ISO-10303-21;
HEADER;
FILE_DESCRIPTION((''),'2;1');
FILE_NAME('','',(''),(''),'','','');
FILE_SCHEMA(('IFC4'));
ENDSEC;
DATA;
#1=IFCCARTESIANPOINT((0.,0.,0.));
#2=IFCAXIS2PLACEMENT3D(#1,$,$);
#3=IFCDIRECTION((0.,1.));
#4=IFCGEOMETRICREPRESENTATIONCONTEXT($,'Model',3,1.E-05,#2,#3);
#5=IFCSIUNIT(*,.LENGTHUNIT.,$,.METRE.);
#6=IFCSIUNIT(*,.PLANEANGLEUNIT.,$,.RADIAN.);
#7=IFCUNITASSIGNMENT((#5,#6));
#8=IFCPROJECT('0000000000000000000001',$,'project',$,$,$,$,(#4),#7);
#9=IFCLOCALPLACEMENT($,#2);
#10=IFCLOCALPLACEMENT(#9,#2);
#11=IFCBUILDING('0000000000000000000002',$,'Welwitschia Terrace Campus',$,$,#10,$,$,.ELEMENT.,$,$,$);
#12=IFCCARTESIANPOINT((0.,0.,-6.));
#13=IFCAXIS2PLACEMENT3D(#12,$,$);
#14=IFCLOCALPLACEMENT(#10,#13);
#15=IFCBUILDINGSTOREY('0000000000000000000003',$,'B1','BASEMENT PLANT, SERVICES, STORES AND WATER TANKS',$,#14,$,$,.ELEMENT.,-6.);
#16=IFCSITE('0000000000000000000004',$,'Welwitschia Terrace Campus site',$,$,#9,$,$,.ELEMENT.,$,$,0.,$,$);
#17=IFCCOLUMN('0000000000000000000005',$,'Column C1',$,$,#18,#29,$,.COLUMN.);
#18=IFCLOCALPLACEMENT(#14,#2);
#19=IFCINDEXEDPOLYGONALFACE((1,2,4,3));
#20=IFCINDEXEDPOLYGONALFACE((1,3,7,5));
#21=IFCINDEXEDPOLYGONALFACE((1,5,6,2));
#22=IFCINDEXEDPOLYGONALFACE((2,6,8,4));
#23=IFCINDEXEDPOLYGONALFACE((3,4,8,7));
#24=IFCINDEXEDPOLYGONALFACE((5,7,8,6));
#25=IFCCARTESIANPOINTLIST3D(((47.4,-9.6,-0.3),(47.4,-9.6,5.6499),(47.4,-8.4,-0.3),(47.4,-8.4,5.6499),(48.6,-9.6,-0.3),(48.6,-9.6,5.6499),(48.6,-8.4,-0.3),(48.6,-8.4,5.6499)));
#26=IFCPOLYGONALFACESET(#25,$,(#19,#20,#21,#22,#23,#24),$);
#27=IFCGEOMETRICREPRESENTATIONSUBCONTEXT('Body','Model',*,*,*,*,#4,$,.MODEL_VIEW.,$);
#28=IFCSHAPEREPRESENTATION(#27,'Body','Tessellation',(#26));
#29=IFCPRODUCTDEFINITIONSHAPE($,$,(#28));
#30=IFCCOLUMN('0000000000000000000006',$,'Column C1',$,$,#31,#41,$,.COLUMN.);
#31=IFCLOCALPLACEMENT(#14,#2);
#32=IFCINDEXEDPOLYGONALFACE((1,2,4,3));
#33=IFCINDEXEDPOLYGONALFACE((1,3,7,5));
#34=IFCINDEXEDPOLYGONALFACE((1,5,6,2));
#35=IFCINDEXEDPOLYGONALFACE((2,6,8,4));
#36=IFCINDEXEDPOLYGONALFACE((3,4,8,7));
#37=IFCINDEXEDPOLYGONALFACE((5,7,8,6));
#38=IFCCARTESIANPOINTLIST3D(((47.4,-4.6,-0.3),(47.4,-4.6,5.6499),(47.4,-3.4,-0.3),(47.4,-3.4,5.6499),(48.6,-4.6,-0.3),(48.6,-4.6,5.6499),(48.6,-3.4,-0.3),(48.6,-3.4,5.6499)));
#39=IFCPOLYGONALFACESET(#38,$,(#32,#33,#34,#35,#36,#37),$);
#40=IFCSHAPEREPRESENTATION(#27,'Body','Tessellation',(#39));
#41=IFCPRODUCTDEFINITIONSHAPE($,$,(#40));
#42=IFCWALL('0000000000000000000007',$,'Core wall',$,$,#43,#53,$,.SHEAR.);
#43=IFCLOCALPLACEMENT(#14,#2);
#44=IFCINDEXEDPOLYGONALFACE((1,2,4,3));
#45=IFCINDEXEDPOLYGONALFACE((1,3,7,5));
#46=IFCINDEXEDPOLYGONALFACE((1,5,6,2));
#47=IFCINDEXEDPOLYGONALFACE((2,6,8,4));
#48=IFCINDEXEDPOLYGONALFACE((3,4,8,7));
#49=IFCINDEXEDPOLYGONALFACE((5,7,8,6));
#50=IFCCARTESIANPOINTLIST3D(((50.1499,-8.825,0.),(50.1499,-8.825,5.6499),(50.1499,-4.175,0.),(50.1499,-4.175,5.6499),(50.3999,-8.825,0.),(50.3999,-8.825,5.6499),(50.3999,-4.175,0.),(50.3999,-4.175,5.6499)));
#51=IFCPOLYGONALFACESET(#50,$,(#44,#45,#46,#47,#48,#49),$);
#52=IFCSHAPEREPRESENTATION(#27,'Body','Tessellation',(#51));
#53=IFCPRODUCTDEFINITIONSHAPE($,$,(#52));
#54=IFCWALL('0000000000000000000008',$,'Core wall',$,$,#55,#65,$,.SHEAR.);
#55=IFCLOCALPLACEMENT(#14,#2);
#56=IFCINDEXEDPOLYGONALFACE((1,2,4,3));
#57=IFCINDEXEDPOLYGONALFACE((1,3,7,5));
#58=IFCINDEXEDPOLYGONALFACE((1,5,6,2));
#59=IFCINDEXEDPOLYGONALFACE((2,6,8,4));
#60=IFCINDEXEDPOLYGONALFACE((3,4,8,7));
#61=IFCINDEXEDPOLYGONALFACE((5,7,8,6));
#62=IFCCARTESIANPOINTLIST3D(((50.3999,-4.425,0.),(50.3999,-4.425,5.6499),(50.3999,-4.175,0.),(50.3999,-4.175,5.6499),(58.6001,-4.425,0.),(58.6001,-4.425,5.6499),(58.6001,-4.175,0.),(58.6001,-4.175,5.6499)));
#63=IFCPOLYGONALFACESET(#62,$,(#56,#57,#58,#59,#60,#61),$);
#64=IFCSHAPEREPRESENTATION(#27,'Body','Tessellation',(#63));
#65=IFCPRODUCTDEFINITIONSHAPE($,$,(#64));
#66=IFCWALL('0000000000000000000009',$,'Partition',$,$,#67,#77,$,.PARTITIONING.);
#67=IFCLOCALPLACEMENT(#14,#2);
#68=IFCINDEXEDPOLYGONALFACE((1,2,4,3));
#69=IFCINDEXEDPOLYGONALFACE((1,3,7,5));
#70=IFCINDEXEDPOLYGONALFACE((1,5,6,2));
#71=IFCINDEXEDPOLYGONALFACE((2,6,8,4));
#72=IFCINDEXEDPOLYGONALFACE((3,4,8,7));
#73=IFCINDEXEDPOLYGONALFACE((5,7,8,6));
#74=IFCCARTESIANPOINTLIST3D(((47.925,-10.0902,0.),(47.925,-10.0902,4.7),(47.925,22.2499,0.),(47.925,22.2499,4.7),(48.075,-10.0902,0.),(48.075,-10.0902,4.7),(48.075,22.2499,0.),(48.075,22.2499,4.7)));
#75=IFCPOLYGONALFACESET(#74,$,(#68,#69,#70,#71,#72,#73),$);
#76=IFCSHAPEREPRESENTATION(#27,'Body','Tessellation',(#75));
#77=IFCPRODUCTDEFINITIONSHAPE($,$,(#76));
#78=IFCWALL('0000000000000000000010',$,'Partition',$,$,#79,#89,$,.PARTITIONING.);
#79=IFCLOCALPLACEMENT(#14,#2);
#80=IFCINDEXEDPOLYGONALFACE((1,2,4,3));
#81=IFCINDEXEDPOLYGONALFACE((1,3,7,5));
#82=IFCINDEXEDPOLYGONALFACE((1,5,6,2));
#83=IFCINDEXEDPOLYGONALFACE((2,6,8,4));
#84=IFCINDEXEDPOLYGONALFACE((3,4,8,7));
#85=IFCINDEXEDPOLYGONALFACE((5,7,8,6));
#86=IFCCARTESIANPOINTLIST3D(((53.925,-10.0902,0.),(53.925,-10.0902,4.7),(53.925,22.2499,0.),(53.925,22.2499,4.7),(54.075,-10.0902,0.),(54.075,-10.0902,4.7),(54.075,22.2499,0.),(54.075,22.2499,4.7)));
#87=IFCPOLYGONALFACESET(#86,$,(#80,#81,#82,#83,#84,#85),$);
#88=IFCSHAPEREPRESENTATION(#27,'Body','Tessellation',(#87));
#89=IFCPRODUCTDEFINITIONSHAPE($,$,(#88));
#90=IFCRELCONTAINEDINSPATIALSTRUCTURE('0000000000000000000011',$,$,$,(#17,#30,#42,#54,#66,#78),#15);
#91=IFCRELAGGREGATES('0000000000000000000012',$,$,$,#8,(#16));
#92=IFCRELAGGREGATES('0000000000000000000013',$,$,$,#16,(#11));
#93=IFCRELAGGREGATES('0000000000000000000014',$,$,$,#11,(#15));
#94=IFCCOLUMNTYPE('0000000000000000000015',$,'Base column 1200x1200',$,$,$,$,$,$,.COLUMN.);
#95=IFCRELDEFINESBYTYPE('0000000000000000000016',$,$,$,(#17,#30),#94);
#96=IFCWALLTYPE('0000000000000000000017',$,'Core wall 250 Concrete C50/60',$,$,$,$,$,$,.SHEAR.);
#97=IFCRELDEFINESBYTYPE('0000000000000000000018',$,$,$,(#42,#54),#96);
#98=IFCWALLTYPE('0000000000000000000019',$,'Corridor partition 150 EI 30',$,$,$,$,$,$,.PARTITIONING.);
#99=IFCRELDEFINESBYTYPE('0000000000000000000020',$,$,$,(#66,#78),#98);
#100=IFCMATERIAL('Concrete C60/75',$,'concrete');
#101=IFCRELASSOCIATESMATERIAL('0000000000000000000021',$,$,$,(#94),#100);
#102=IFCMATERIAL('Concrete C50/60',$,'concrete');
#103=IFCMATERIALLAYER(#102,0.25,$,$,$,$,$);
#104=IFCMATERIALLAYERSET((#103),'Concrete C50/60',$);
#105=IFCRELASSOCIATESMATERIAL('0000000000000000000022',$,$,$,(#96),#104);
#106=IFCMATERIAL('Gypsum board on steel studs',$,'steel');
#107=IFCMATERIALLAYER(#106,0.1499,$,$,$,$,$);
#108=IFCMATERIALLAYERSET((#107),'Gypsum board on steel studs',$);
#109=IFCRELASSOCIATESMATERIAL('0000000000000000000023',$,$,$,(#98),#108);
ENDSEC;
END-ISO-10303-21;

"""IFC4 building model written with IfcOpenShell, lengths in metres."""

from ifc_helpers import new_model, si_unit, direction, frame, frame_2d, origin, origin_2d, place, context, subcontext, project, spatial, rectangle, extrude, material, layer, layer_set, material_profile, profile_set, type_object, element, save


model = new_model("IFC4")

# Units and contexts
model_context = context("Model", 3, precision=1e-05, world=origin(), true_north=direction((0.0, 1.0)))
body_context = subcontext(model_context, "Body", "Model", "MODEL_VIEW")
ifc_project = project(units=[si_unit("LENGTHUNIT", "METRE"), si_unit("PLANEANGLEUNIT", "RADIAN")], contexts=[model_context])

# Site, building, storey
site_placement = place(None, origin())
site = spatial("IfcSite", under=ifc_project, at=site_placement, Name="Welwitschia Terrace Campus site", CompositionType="ELEMENT", RefElevation=0.0)
building_placement = place(site_placement, origin())
building = spatial("IfcBuilding", under=site, at=building_placement, Name="Welwitschia Terrace Campus", CompositionType="ELEMENT")
storey_placement = place(building_placement, frame((0.0, 0.0, -6.0)))
storey = spatial("IfcBuildingStorey", under=building, at=storey_placement, Name="B1", Description="BASEMENT PLANT, SERVICES, STORES AND WATER TANKS", CompositionType="ELEMENT", Elevation=-6.0)

# Columns
ifc_material_1 = material(Name="Concrete C60/75", Category="concrete")
ifc_material_profile = material_profile(ifc_material_1, rectangle(XDim=1.2, YDim=1.2, at=origin_2d()))
ifc_profile_set = profile_set([ifc_material_profile], Name="Concrete C60/75")
column_type = type_object("IfcColumnType", Name="Base column 1200x1200", PredefinedType="COLUMN", material=ifc_profile_set)
for number, where, z_axis, x_axis, name in (
    (1, (48.0, -9.0, -0.3), (0.0, 0.0, 1.0), (1.0, 0.0, 0.0), "Column C1"),
    (2, (48.0, -4.0, -0.3), (0.0, 0.0, 1.0), (1.0, 0.0, 0.0), "Column C1"),
):
    element("IfcColumn", number, at=place(storey_placement, frame(where, z_axis=z_axis, x_axis=x_axis)), inside=storey, type_object=column_type, Name=name, PredefinedType="COLUMN", context=body_context, shape_type="SweptSolid", body=[
        extrude(rectangle(XDim=1.2, YDim=1.2, at=origin_2d()), origin(), (0.0, 0.0, 1.0), 5.95),
    ])

# Walls
ifc_material_2 = material(Name="Concrete C50/60", Category="concrete")
ifc_layer_1 = layer(ifc_material_2, 0.25)
ifc_layer_set_1 = layer_set([ifc_layer_1], Name="Concrete C50/60")
wall_type_1 = type_object("IfcWallType", Name="Core wall 250 Concrete C50/60", PredefinedType="SHEAR", material=ifc_layer_set_1)
wall_1_placement = place(storey_placement, frame((50.2749, -8.825, 0.0), z_axis=(0.0, 0.0, 1.0), x_axis=(0.0, 1.0, 0.0)))
element("IfcWall", 3, at=wall_1_placement, inside=storey, type_object=wall_type_1, Name="Core wall", PredefinedType="SHEAR", context=body_context, shape_type="SweptSolid", body=[
    extrude(rectangle(XDim=4.6499, YDim=0.25, at=frame_2d((2.325, 0.0))), origin(), (0.0, 0.0, 1.0), 5.6499),
])
wall_2_placement = place(storey_placement, frame((50.3999, -4.3, 0.0), z_axis=(0.0, 0.0, 1.0), x_axis=(1.0, 0.0, 0.0)))
element("IfcWall", 4, at=wall_2_placement, inside=storey, type_object=wall_type_1, Name="Core wall", PredefinedType="SHEAR", context=body_context, shape_type="SweptSolid", body=[
    extrude(rectangle(XDim=8.2002, YDim=0.25, at=frame_2d((4.1001, 0.0))), origin(), (0.0, 0.0, 1.0), 5.6499),
])
ifc_material_3 = material(Name="Gypsum board on steel studs", Category="steel")
ifc_layer_2 = layer(ifc_material_3, 0.1499)
ifc_layer_set_2 = layer_set([ifc_layer_2], Name="Gypsum board on steel studs")
wall_type_2 = type_object("IfcWallType", Name="Corridor partition 150 EI 30", PredefinedType="PARTITIONING", material=ifc_layer_set_2)
for number, where, z_axis, x_axis, name in (
    (5, (48.0, -10.0901, 0.0), (0.0, 0.0, 1.0), (0.0, 1.0, 0.0), "Partition"),
    (6, (54.0, -10.0901, 0.0), (0.0, 0.0, 1.0), (0.0, 1.0, 0.0), "Partition"),
):
    element("IfcWall", number, at=place(storey_placement, frame(where, z_axis=z_axis, x_axis=x_axis)), inside=storey, type_object=wall_type_2, Name=name, PredefinedType="PARTITIONING", context=body_context, shape_type="SweptSolid", body=[
        extrude(rectangle(XDim=32.3401, YDim=0.1499, at=frame_2d((16.1699, 0.0))), origin(), (0.0, 0.0, 1.0), 4.7),
    ])

save(model, "model.ifc")
